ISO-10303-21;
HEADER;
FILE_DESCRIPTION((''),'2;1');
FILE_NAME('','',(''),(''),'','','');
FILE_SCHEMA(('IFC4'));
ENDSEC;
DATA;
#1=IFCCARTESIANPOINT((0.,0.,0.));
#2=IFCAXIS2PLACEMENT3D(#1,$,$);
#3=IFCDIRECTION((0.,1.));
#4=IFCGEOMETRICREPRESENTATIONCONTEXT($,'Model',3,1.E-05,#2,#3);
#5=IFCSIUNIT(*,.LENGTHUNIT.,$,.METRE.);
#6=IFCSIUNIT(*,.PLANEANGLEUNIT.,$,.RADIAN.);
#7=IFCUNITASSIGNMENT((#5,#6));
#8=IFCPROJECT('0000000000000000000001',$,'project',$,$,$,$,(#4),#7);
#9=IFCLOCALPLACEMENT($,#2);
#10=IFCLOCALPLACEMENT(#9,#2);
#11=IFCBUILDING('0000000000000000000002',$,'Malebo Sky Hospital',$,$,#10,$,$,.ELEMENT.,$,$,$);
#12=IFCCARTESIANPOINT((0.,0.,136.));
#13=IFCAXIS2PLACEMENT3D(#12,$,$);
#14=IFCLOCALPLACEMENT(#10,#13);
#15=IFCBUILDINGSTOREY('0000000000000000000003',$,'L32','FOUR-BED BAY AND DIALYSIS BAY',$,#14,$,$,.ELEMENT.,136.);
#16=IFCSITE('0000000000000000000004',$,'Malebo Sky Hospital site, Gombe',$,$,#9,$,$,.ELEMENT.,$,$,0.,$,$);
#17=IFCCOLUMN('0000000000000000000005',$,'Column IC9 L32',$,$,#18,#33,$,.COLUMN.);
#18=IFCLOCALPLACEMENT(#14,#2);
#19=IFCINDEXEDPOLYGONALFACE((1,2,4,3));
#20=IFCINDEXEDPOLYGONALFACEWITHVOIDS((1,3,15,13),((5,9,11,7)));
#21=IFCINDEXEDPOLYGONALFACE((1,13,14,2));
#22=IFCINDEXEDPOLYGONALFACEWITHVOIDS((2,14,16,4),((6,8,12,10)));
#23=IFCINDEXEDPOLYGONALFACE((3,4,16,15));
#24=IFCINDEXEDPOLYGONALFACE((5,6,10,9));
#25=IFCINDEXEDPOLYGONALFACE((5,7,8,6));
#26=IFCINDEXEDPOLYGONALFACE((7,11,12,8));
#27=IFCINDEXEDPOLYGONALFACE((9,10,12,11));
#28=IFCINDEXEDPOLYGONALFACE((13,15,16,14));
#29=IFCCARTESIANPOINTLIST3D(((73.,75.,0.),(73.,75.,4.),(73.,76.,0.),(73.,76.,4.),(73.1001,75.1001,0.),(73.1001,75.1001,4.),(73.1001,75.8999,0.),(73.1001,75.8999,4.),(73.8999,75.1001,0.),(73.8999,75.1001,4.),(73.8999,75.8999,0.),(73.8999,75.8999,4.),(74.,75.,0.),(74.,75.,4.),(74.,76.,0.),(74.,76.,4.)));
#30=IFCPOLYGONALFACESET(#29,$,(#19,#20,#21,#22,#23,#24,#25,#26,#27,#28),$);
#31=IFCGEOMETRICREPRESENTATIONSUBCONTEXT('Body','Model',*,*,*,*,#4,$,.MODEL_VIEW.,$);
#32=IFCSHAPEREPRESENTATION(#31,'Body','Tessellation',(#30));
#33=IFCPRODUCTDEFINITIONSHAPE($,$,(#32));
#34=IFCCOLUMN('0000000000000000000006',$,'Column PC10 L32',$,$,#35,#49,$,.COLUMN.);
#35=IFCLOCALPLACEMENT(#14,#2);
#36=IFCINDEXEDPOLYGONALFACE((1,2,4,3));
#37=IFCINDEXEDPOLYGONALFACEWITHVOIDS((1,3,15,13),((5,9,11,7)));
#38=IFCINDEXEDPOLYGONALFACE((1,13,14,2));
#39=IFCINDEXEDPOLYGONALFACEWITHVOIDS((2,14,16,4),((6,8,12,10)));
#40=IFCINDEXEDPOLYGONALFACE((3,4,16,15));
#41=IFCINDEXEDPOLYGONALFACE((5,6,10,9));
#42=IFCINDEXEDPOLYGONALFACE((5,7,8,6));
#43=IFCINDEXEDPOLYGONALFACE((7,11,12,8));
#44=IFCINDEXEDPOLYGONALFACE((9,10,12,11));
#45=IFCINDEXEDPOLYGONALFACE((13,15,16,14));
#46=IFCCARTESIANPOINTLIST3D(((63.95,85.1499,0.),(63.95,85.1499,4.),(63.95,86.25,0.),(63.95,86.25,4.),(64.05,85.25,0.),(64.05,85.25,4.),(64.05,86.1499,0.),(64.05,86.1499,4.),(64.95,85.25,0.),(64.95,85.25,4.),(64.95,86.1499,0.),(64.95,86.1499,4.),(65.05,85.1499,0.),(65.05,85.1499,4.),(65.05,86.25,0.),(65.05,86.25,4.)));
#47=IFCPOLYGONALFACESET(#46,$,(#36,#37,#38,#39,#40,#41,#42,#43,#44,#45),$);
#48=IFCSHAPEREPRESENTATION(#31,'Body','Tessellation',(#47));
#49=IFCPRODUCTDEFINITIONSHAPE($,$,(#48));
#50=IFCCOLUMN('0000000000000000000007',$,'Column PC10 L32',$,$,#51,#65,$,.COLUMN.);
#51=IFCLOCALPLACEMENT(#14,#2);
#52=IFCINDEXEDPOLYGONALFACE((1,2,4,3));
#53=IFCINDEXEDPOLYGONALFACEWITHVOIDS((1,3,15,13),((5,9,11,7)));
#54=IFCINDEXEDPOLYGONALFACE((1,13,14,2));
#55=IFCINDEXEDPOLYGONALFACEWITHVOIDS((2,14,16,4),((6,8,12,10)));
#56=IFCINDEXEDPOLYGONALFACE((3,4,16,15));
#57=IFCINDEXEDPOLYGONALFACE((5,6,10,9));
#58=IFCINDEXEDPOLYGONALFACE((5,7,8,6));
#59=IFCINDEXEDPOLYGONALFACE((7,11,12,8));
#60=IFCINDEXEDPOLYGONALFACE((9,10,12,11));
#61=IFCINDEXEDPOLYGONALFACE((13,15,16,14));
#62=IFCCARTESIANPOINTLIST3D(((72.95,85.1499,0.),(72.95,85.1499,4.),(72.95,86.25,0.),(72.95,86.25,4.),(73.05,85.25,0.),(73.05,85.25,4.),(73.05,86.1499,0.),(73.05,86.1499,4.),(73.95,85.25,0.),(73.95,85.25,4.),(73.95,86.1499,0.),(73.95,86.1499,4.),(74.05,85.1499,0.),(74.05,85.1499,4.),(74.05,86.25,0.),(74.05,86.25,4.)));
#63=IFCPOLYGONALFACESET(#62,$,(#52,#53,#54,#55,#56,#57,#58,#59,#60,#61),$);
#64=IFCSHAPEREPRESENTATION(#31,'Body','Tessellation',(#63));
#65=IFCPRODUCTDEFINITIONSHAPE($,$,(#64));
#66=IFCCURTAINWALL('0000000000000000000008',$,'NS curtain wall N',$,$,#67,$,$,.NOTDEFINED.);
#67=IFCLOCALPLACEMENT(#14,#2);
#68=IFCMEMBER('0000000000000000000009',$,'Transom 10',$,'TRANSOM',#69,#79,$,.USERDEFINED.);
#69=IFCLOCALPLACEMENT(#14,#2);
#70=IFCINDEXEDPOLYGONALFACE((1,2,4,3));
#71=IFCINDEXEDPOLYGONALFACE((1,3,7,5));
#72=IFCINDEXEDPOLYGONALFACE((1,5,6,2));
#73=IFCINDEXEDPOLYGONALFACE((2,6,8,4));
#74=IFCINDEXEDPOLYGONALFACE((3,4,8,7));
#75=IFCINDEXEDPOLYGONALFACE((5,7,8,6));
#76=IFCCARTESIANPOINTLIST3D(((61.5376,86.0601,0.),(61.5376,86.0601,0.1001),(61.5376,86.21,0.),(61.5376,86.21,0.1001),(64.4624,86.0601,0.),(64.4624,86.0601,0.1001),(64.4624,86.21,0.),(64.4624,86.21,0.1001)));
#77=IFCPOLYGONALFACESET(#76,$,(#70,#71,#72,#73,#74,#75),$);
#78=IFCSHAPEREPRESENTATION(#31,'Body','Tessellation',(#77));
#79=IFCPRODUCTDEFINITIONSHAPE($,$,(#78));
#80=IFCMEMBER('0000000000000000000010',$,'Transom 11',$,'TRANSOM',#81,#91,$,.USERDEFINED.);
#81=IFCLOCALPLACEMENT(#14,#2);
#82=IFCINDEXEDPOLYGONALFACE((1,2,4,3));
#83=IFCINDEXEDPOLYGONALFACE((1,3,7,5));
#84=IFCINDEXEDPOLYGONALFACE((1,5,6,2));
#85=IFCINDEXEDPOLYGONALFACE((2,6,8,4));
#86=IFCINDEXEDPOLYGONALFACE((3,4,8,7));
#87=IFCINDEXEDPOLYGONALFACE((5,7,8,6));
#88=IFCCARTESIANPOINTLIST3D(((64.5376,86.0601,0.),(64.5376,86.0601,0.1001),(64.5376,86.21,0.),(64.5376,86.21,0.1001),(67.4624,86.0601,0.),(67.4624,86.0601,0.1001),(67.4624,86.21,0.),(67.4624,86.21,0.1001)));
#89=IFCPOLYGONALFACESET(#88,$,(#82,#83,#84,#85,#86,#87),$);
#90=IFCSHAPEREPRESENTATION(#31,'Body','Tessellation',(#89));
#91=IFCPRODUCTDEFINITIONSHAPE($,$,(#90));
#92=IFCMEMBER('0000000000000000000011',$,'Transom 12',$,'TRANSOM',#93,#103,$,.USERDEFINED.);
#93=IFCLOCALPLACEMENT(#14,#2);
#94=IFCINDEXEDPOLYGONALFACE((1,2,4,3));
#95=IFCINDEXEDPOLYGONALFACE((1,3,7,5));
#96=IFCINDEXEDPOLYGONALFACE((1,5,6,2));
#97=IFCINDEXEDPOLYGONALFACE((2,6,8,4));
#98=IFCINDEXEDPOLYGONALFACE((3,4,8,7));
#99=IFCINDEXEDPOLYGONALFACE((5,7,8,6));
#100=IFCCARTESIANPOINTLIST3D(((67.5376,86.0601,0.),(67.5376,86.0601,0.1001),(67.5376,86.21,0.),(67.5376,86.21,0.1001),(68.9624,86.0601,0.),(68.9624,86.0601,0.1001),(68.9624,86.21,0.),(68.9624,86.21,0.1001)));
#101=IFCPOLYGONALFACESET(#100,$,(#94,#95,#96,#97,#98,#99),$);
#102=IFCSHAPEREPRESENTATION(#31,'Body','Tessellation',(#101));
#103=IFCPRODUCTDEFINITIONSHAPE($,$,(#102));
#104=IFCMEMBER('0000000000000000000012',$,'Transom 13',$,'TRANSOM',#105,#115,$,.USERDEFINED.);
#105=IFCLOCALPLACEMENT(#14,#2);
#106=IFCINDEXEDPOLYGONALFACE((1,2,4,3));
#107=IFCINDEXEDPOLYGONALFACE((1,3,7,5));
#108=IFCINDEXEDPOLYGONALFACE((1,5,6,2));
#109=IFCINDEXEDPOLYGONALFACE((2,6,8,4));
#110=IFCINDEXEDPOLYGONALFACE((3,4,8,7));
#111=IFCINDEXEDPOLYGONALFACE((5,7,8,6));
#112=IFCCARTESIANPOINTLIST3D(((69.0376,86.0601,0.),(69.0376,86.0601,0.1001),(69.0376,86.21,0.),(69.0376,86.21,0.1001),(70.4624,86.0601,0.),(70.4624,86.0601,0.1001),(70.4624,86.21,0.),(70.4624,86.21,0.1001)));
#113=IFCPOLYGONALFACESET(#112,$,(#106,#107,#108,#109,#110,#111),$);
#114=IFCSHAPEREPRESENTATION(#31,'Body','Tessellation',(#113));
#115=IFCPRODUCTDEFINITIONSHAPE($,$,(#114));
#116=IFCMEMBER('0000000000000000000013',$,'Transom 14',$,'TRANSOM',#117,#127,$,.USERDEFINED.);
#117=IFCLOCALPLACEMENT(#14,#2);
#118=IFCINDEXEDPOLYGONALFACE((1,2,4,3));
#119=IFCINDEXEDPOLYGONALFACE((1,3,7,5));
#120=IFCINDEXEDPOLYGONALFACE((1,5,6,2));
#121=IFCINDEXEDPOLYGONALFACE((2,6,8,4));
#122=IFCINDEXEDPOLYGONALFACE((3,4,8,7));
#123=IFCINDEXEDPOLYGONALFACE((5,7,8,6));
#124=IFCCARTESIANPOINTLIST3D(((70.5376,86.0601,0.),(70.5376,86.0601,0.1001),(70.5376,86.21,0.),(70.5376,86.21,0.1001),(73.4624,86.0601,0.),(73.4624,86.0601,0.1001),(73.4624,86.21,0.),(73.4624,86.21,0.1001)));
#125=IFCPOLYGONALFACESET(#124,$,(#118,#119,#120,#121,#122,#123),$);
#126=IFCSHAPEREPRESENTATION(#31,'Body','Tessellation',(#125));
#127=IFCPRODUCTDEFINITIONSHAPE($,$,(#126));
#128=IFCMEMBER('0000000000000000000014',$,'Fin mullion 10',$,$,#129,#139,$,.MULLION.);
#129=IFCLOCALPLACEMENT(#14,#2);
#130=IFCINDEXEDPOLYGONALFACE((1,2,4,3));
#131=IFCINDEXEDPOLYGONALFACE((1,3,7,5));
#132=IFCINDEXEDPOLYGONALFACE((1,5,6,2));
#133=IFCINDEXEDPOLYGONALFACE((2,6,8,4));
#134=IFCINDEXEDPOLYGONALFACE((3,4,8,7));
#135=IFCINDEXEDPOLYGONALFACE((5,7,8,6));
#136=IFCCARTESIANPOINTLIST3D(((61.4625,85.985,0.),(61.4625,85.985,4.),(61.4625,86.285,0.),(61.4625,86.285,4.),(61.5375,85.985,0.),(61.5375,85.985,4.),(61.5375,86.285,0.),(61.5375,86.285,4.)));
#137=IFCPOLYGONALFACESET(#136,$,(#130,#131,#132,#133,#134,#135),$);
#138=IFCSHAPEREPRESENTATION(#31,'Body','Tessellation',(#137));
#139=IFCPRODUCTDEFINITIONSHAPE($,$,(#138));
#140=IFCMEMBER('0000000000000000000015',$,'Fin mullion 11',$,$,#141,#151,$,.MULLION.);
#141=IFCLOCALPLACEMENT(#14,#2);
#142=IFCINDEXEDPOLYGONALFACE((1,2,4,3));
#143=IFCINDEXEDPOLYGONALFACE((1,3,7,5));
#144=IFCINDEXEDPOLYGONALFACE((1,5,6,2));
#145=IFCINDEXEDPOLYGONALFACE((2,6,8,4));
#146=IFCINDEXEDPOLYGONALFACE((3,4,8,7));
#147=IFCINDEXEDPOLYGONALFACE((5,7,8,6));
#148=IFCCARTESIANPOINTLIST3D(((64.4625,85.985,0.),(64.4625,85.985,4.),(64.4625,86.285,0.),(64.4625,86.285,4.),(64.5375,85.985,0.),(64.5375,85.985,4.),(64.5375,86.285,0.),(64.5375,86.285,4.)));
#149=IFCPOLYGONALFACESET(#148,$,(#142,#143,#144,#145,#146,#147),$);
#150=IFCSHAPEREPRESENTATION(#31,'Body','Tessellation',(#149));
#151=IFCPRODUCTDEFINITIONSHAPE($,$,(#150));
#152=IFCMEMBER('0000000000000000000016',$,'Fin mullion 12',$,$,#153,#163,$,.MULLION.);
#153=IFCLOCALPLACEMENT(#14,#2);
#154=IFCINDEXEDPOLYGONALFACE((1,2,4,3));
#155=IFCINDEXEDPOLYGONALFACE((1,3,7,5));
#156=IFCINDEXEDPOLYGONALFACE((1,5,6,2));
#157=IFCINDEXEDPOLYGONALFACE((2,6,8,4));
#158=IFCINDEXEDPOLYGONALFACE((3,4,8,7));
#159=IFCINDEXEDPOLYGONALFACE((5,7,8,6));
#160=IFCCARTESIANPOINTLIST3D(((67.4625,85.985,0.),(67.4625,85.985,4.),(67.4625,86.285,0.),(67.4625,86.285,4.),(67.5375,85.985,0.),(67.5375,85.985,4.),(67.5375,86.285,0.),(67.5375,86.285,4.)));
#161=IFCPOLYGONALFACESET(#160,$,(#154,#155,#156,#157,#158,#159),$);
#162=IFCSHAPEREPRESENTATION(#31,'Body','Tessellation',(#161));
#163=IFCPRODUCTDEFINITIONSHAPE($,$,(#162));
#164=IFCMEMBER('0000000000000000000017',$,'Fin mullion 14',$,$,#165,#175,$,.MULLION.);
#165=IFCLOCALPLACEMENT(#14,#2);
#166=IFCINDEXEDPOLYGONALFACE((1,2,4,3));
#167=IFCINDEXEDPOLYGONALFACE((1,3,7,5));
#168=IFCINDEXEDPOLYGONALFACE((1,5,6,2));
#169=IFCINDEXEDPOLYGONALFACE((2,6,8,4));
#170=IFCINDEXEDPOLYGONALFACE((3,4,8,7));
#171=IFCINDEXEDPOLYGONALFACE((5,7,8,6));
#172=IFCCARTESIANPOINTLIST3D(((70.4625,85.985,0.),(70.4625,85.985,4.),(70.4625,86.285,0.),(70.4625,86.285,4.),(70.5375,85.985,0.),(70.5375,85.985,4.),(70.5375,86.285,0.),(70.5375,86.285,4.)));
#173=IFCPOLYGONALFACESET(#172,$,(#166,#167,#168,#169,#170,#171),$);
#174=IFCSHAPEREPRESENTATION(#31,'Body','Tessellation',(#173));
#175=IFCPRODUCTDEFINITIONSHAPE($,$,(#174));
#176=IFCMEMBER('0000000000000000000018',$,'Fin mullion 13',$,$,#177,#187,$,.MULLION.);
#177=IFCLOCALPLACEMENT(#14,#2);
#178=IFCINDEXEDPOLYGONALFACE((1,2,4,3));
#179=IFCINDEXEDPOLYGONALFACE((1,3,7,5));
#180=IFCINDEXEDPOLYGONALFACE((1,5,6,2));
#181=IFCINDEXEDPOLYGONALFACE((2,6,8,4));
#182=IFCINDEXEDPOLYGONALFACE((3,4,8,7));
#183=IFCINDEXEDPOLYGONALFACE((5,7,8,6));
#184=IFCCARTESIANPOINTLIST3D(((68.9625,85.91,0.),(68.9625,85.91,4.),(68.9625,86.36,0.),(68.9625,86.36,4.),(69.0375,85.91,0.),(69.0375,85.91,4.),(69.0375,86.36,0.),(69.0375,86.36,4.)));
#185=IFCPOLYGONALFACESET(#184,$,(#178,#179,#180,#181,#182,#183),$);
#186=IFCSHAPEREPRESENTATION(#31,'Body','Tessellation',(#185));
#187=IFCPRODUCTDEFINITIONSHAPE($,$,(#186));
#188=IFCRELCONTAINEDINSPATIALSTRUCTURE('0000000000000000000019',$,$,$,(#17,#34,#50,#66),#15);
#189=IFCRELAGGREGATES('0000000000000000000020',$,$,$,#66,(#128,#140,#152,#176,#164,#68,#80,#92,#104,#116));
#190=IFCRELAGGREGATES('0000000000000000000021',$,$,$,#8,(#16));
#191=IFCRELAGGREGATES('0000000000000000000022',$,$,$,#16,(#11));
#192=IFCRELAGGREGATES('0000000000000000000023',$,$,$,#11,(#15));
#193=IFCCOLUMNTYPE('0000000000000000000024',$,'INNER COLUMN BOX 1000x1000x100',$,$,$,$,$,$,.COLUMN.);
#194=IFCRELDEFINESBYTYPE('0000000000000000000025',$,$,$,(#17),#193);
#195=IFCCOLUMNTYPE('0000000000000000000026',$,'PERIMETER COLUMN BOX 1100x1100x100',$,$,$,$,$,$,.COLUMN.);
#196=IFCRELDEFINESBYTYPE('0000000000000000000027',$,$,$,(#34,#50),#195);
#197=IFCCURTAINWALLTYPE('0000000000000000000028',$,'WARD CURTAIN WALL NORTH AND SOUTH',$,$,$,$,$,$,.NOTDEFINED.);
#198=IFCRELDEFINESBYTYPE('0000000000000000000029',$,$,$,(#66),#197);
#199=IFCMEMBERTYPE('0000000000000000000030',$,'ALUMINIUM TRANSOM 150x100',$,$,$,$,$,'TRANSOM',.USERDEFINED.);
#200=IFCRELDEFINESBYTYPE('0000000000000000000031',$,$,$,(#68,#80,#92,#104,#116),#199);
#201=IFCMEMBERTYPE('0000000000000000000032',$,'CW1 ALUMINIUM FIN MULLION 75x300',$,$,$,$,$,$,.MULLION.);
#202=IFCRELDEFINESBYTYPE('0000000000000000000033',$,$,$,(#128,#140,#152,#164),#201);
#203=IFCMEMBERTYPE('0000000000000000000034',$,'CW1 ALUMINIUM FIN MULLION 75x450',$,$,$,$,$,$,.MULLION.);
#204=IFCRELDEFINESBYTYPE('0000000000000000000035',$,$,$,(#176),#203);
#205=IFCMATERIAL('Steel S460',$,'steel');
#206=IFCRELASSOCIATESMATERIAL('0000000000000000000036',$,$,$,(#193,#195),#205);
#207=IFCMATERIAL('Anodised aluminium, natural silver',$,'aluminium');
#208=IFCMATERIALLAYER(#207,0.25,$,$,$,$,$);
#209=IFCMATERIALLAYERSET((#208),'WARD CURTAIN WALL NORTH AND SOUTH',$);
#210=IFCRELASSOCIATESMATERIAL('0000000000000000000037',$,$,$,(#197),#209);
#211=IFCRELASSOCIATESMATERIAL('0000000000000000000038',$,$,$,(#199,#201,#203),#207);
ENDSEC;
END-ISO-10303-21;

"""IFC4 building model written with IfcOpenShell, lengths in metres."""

from ifc_helpers import new_model, si_unit, direction, frame, origin, origin_2d, place, context, subcontext, project, spatial, rectangle, hollow_rectangle, extrude, material, layer, layer_set, material_profile, profile_set, type_object, element, aggregate, save


model = new_model("IFC4")

# Units and contexts
model_context = context("Model", 3, precision=1e-05, world=origin(), true_north=direction((0.0, 1.0)))
body_context = subcontext(model_context, "Body", "Model", "MODEL_VIEW")
ifc_project = project(units=[si_unit("LENGTHUNIT", "METRE"), si_unit("PLANEANGLEUNIT", "RADIAN")], contexts=[model_context])

# Site, building, storey
site_placement = place(None, origin())
site = spatial("IfcSite", under=ifc_project, at=site_placement, Name="Malebo Sky Hospital site, Gombe", CompositionType="ELEMENT", RefElevation=0.0)
building_placement = place(site_placement, origin())
building = spatial("IfcBuilding", under=site, at=building_placement, Name="Malebo Sky Hospital", CompositionType="ELEMENT")
storey_placement = place(building_placement, frame((0.0, 0.0, 136.0)))
storey = spatial("IfcBuildingStorey", under=building, at=storey_placement, Name="L32", Description="FOUR-BED BAY AND DIALYSIS BAY", CompositionType="ELEMENT", Elevation=136.0)

# Columns
ifc_material_1 = material(Name="Steel S460", Category="steel")
ifc_material_profile_1 = material_profile(ifc_material_1, hollow_rectangle(XDim=1.0, YDim=1.0, WallThickness=0.1001, at=origin_2d()), Name="BOX 1000x1000x100")
ifc_profile_set_1 = profile_set([ifc_material_profile_1], Name="Steel S460")
column_type_1 = type_object("IfcColumnType", Name="INNER COLUMN BOX 1000x1000x100", PredefinedType="COLUMN", material=ifc_profile_set_1)
column_placement = place(storey_placement, frame((73.5, 75.5, 0.0), z_axis=(0.0, 0.0, 1.0), x_axis=(1.0, 0.0, 0.0)))
element("IfcColumn", 1, at=column_placement, inside=storey, type_object=column_type_1, Name="Column IC9 L32", PredefinedType="COLUMN", context=body_context, shape_type="SweptSolid", body=[
    extrude(hollow_rectangle(XDim=1.0, YDim=1.0, WallThickness=0.1001, at=origin_2d()), origin(), (0.0, 0.0, 1.0), 4.0),
])
ifc_material_profile_2 = material_profile(ifc_material_1, hollow_rectangle(XDim=1.1001, YDim=1.1001, WallThickness=0.1001, at=origin_2d()), Name="BOX 1100x1100x100")
ifc_profile_set_2 = profile_set([ifc_material_profile_2], Name="Steel S460")
column_type_2 = type_object("IfcColumnType", Name="PERIMETER COLUMN BOX 1100x1100x100", PredefinedType="COLUMN", material=ifc_profile_set_2)
for number, where, z_axis, x_axis, name in (
    (2, (64.5, 85.7, 0.0), (0.0, 0.0, 1.0), (1.0, 0.0, 0.0), "Column PC10 L32"),
    (3, (73.5, 85.7, 0.0), (0.0, 0.0, 1.0), (1.0, 0.0, 0.0), "Column PC10 L32"),
):
    element("IfcColumn", number, at=place(storey_placement, frame(where, z_axis=z_axis, x_axis=x_axis)), inside=storey, type_object=column_type_2, Name=name, PredefinedType="COLUMN", context=body_context, shape_type="SweptSolid", body=[
        extrude(hollow_rectangle(XDim=1.1001, YDim=1.1001, WallThickness=0.1001, at=origin_2d()), origin(), (0.0, 0.0, 1.0), 4.0),
    ])

# Curtain wall, members
ifc_material_2 = material(Name="Anodised aluminium, natural silver", Category="aluminium")
ifc_layer_1 = layer(ifc_material_2, 0.25)
ifc_layer_set_1 = layer_set([ifc_layer_1], Name="WARD CURTAIN WALL NORTH AND SOUTH")
curtain_wall_type = type_object("IfcCurtainWallType", Name="WARD CURTAIN WALL NORTH AND SOUTH", PredefinedType="NOTDEFINED", material=ifc_layer_set_1)
curtain_wall_placement = place(storey_placement, origin())
curtain_wall = element("IfcCurtainWall", 4, at=curtain_wall_placement, inside=storey, type_object=curtain_wall_type, Name="NS curtain wall N", PredefinedType="NOTDEFINED")
ifc_material_profile_3 = material_profile(ifc_material_2, rectangle(XDim=0.1499, YDim=0.1001, at=origin_2d()), Name="ALUMINIUM TRANSOM 150x100")
ifc_profile_set_3 = profile_set([ifc_material_profile_3], Name="Anodised aluminium, natural silver")
member_type_1 = type_object("IfcMemberType", Name="ALUMINIUM TRANSOM 150x100", ElementType="TRANSOM", PredefinedType="USERDEFINED", material=ifc_profile_set_3)
member_1_placement = place(storey_placement, frame((61.5376, 86.135, 0.05), z_axis=(1.0, 0.0, 0.0), x_axis=(0.0, 1.0, 0.0)))
member_1 = element("IfcMember", 5, at=member_1_placement, type_object=member_type_1, Name="Transom 10", ObjectType="TRANSOM", PredefinedType="USERDEFINED", context=body_context, shape_type="SweptSolid", body=[
    extrude(rectangle(XDim=0.1499, YDim=0.1001, at=origin_2d()), origin(), (0.0, 0.0, 1.0), 2.9248),
])
member_2_placement = place(storey_placement, frame((64.5376, 86.135, 0.05), z_axis=(1.0, 0.0, 0.0), x_axis=(0.0, 1.0, 0.0)))
member_2 = element("IfcMember", 6, at=member_2_placement, type_object=member_type_1, Name="Transom 11", ObjectType="TRANSOM", PredefinedType="USERDEFINED", context=body_context, shape_type="SweptSolid", body=[
    extrude(rectangle(XDim=0.1499, YDim=0.1001, at=origin_2d()), origin(), (0.0, 0.0, 1.0), 2.9248),
])
member_3_placement = place(storey_placement, frame((67.5376, 86.135, 0.05), z_axis=(1.0, 0.0, 0.0), x_axis=(0.0, 1.0, 0.0)))
member_3 = element("IfcMember", 7, at=member_3_placement, type_object=member_type_1, Name="Transom 12", ObjectType="TRANSOM", PredefinedType="USERDEFINED", context=body_context, shape_type="SweptSolid", body=[
    extrude(rectangle(XDim=0.1499, YDim=0.1001, at=origin_2d()), origin(), (0.0, 0.0, 1.0), 1.4248),
])
member_4_placement = place(storey_placement, frame((69.0376, 86.135, 0.05), z_axis=(1.0, 0.0, 0.0), x_axis=(0.0, 1.0, 0.0)))
member_4 = element("IfcMember", 8, at=member_4_placement, type_object=member_type_1, Name="Transom 13", ObjectType="TRANSOM", PredefinedType="USERDEFINED", context=body_context, shape_type="SweptSolid", body=[
    extrude(rectangle(XDim=0.1499, YDim=0.1001, at=origin_2d()), origin(), (0.0, 0.0, 1.0), 1.4248),
])
member_5_placement = place(storey_placement, frame((70.5376, 86.135, 0.05), z_axis=(1.0, 0.0, 0.0), x_axis=(0.0, 1.0, 0.0)))
member_5 = element("IfcMember", 9, at=member_5_placement, type_object=member_type_1, Name="Transom 14", ObjectType="TRANSOM", PredefinedType="USERDEFINED", context=body_context, shape_type="SweptSolid", body=[
    extrude(rectangle(XDim=0.1499, YDim=0.1001, at=origin_2d()), origin(), (0.0, 0.0, 1.0), 2.9248),
])
ifc_material_profile_4 = material_profile(ifc_material_2, rectangle(XDim=0.075, YDim=0.3, at=origin_2d()), Name="CW1 ALUMINIUM FIN MULLION 75x300")
ifc_profile_set_4 = profile_set([ifc_material_profile_4], Name="Anodised aluminium, natural silver")
member_type_2 = type_object("IfcMemberType", Name="CW1 ALUMINIUM FIN MULLION 75x300", PredefinedType="MULLION", material=ifc_profile_set_4)
member_6_placement = place(storey_placement, frame((61.5, 86.135, 0.0), z_axis=(0.0, 0.0, 1.0), x_axis=(1.0, 0.0, 0.0)))
member_6 = element("IfcMember", 10, at=member_6_placement, type_object=member_type_2, Name="Fin mullion 10", PredefinedType="MULLION", context=body_context, shape_type="SweptSolid", body=[
    extrude(rectangle(XDim=0.075, YDim=0.3, at=origin_2d()), origin(), (0.0, 0.0, 1.0), 4.0),
])
member_7_placement = place(storey_placement, frame((64.5, 86.135, 0.0), z_axis=(0.0, 0.0, 1.0), x_axis=(1.0, 0.0, 0.0)))
member_7 = element("IfcMember", 11, at=member_7_placement, type_object=member_type_2, Name="Fin mullion 11", PredefinedType="MULLION", context=body_context, shape_type="SweptSolid", body=[
    extrude(rectangle(XDim=0.075, YDim=0.3, at=origin_2d()), origin(), (0.0, 0.0, 1.0), 4.0),
])
member_8_placement = place(storey_placement, frame((67.5, 86.135, 0.0), z_axis=(0.0, 0.0, 1.0), x_axis=(1.0, 0.0, 0.0)))
member_8 = element("IfcMember", 12, at=member_8_placement, type_object=member_type_2, Name="Fin mullion 12", PredefinedType="MULLION", context=body_context, shape_type="SweptSolid", body=[
    extrude(rectangle(XDim=0.075, YDim=0.3, at=origin_2d()), origin(), (0.0, 0.0, 1.0), 4.0),
])
member_9_placement = place(storey_placement, frame((70.5, 86.135, 0.0), z_axis=(0.0, 0.0, 1.0), x_axis=(1.0, 0.0, 0.0)))
member_9 = element("IfcMember", 13, at=member_9_placement, type_object=member_type_2, Name="Fin mullion 14", PredefinedType="MULLION", context=body_context, shape_type="SweptSolid", body=[
    extrude(rectangle(XDim=0.075, YDim=0.3, at=origin_2d()), origin(), (0.0, 0.0, 1.0), 4.0),
])
ifc_material_profile_5 = material_profile(ifc_material_2, rectangle(XDim=0.075, YDim=0.45, at=origin_2d()), Name="CW1 ALUMINIUM FIN MULLION 75x450")
ifc_profile_set_5 = profile_set([ifc_material_profile_5], Name="Anodised aluminium, natural silver")
member_type_3 = type_object("IfcMemberType", Name="CW1 ALUMINIUM FIN MULLION 75x450", PredefinedType="MULLION", material=ifc_profile_set_5)
member_10_placement = place(storey_placement, frame((69.0, 86.135, 0.0), z_axis=(0.0, 0.0, 1.0), x_axis=(1.0, 0.0, 0.0)))
member_10 = element("IfcMember", 14, at=member_10_placement, type_object=member_type_3, Name="Fin mullion 13", PredefinedType="MULLION", context=body_context, shape_type="SweptSolid", body=[
    extrude(rectangle(XDim=0.075, YDim=0.45, at=origin_2d()), origin(), (0.0, 0.0, 1.0), 4.0),
])

aggregate(curtain_wall, [member_6, member_7, member_8, member_10, member_9, member_1, member_2, member_3, member_4, member_5])

save(model, "model.ifc")
